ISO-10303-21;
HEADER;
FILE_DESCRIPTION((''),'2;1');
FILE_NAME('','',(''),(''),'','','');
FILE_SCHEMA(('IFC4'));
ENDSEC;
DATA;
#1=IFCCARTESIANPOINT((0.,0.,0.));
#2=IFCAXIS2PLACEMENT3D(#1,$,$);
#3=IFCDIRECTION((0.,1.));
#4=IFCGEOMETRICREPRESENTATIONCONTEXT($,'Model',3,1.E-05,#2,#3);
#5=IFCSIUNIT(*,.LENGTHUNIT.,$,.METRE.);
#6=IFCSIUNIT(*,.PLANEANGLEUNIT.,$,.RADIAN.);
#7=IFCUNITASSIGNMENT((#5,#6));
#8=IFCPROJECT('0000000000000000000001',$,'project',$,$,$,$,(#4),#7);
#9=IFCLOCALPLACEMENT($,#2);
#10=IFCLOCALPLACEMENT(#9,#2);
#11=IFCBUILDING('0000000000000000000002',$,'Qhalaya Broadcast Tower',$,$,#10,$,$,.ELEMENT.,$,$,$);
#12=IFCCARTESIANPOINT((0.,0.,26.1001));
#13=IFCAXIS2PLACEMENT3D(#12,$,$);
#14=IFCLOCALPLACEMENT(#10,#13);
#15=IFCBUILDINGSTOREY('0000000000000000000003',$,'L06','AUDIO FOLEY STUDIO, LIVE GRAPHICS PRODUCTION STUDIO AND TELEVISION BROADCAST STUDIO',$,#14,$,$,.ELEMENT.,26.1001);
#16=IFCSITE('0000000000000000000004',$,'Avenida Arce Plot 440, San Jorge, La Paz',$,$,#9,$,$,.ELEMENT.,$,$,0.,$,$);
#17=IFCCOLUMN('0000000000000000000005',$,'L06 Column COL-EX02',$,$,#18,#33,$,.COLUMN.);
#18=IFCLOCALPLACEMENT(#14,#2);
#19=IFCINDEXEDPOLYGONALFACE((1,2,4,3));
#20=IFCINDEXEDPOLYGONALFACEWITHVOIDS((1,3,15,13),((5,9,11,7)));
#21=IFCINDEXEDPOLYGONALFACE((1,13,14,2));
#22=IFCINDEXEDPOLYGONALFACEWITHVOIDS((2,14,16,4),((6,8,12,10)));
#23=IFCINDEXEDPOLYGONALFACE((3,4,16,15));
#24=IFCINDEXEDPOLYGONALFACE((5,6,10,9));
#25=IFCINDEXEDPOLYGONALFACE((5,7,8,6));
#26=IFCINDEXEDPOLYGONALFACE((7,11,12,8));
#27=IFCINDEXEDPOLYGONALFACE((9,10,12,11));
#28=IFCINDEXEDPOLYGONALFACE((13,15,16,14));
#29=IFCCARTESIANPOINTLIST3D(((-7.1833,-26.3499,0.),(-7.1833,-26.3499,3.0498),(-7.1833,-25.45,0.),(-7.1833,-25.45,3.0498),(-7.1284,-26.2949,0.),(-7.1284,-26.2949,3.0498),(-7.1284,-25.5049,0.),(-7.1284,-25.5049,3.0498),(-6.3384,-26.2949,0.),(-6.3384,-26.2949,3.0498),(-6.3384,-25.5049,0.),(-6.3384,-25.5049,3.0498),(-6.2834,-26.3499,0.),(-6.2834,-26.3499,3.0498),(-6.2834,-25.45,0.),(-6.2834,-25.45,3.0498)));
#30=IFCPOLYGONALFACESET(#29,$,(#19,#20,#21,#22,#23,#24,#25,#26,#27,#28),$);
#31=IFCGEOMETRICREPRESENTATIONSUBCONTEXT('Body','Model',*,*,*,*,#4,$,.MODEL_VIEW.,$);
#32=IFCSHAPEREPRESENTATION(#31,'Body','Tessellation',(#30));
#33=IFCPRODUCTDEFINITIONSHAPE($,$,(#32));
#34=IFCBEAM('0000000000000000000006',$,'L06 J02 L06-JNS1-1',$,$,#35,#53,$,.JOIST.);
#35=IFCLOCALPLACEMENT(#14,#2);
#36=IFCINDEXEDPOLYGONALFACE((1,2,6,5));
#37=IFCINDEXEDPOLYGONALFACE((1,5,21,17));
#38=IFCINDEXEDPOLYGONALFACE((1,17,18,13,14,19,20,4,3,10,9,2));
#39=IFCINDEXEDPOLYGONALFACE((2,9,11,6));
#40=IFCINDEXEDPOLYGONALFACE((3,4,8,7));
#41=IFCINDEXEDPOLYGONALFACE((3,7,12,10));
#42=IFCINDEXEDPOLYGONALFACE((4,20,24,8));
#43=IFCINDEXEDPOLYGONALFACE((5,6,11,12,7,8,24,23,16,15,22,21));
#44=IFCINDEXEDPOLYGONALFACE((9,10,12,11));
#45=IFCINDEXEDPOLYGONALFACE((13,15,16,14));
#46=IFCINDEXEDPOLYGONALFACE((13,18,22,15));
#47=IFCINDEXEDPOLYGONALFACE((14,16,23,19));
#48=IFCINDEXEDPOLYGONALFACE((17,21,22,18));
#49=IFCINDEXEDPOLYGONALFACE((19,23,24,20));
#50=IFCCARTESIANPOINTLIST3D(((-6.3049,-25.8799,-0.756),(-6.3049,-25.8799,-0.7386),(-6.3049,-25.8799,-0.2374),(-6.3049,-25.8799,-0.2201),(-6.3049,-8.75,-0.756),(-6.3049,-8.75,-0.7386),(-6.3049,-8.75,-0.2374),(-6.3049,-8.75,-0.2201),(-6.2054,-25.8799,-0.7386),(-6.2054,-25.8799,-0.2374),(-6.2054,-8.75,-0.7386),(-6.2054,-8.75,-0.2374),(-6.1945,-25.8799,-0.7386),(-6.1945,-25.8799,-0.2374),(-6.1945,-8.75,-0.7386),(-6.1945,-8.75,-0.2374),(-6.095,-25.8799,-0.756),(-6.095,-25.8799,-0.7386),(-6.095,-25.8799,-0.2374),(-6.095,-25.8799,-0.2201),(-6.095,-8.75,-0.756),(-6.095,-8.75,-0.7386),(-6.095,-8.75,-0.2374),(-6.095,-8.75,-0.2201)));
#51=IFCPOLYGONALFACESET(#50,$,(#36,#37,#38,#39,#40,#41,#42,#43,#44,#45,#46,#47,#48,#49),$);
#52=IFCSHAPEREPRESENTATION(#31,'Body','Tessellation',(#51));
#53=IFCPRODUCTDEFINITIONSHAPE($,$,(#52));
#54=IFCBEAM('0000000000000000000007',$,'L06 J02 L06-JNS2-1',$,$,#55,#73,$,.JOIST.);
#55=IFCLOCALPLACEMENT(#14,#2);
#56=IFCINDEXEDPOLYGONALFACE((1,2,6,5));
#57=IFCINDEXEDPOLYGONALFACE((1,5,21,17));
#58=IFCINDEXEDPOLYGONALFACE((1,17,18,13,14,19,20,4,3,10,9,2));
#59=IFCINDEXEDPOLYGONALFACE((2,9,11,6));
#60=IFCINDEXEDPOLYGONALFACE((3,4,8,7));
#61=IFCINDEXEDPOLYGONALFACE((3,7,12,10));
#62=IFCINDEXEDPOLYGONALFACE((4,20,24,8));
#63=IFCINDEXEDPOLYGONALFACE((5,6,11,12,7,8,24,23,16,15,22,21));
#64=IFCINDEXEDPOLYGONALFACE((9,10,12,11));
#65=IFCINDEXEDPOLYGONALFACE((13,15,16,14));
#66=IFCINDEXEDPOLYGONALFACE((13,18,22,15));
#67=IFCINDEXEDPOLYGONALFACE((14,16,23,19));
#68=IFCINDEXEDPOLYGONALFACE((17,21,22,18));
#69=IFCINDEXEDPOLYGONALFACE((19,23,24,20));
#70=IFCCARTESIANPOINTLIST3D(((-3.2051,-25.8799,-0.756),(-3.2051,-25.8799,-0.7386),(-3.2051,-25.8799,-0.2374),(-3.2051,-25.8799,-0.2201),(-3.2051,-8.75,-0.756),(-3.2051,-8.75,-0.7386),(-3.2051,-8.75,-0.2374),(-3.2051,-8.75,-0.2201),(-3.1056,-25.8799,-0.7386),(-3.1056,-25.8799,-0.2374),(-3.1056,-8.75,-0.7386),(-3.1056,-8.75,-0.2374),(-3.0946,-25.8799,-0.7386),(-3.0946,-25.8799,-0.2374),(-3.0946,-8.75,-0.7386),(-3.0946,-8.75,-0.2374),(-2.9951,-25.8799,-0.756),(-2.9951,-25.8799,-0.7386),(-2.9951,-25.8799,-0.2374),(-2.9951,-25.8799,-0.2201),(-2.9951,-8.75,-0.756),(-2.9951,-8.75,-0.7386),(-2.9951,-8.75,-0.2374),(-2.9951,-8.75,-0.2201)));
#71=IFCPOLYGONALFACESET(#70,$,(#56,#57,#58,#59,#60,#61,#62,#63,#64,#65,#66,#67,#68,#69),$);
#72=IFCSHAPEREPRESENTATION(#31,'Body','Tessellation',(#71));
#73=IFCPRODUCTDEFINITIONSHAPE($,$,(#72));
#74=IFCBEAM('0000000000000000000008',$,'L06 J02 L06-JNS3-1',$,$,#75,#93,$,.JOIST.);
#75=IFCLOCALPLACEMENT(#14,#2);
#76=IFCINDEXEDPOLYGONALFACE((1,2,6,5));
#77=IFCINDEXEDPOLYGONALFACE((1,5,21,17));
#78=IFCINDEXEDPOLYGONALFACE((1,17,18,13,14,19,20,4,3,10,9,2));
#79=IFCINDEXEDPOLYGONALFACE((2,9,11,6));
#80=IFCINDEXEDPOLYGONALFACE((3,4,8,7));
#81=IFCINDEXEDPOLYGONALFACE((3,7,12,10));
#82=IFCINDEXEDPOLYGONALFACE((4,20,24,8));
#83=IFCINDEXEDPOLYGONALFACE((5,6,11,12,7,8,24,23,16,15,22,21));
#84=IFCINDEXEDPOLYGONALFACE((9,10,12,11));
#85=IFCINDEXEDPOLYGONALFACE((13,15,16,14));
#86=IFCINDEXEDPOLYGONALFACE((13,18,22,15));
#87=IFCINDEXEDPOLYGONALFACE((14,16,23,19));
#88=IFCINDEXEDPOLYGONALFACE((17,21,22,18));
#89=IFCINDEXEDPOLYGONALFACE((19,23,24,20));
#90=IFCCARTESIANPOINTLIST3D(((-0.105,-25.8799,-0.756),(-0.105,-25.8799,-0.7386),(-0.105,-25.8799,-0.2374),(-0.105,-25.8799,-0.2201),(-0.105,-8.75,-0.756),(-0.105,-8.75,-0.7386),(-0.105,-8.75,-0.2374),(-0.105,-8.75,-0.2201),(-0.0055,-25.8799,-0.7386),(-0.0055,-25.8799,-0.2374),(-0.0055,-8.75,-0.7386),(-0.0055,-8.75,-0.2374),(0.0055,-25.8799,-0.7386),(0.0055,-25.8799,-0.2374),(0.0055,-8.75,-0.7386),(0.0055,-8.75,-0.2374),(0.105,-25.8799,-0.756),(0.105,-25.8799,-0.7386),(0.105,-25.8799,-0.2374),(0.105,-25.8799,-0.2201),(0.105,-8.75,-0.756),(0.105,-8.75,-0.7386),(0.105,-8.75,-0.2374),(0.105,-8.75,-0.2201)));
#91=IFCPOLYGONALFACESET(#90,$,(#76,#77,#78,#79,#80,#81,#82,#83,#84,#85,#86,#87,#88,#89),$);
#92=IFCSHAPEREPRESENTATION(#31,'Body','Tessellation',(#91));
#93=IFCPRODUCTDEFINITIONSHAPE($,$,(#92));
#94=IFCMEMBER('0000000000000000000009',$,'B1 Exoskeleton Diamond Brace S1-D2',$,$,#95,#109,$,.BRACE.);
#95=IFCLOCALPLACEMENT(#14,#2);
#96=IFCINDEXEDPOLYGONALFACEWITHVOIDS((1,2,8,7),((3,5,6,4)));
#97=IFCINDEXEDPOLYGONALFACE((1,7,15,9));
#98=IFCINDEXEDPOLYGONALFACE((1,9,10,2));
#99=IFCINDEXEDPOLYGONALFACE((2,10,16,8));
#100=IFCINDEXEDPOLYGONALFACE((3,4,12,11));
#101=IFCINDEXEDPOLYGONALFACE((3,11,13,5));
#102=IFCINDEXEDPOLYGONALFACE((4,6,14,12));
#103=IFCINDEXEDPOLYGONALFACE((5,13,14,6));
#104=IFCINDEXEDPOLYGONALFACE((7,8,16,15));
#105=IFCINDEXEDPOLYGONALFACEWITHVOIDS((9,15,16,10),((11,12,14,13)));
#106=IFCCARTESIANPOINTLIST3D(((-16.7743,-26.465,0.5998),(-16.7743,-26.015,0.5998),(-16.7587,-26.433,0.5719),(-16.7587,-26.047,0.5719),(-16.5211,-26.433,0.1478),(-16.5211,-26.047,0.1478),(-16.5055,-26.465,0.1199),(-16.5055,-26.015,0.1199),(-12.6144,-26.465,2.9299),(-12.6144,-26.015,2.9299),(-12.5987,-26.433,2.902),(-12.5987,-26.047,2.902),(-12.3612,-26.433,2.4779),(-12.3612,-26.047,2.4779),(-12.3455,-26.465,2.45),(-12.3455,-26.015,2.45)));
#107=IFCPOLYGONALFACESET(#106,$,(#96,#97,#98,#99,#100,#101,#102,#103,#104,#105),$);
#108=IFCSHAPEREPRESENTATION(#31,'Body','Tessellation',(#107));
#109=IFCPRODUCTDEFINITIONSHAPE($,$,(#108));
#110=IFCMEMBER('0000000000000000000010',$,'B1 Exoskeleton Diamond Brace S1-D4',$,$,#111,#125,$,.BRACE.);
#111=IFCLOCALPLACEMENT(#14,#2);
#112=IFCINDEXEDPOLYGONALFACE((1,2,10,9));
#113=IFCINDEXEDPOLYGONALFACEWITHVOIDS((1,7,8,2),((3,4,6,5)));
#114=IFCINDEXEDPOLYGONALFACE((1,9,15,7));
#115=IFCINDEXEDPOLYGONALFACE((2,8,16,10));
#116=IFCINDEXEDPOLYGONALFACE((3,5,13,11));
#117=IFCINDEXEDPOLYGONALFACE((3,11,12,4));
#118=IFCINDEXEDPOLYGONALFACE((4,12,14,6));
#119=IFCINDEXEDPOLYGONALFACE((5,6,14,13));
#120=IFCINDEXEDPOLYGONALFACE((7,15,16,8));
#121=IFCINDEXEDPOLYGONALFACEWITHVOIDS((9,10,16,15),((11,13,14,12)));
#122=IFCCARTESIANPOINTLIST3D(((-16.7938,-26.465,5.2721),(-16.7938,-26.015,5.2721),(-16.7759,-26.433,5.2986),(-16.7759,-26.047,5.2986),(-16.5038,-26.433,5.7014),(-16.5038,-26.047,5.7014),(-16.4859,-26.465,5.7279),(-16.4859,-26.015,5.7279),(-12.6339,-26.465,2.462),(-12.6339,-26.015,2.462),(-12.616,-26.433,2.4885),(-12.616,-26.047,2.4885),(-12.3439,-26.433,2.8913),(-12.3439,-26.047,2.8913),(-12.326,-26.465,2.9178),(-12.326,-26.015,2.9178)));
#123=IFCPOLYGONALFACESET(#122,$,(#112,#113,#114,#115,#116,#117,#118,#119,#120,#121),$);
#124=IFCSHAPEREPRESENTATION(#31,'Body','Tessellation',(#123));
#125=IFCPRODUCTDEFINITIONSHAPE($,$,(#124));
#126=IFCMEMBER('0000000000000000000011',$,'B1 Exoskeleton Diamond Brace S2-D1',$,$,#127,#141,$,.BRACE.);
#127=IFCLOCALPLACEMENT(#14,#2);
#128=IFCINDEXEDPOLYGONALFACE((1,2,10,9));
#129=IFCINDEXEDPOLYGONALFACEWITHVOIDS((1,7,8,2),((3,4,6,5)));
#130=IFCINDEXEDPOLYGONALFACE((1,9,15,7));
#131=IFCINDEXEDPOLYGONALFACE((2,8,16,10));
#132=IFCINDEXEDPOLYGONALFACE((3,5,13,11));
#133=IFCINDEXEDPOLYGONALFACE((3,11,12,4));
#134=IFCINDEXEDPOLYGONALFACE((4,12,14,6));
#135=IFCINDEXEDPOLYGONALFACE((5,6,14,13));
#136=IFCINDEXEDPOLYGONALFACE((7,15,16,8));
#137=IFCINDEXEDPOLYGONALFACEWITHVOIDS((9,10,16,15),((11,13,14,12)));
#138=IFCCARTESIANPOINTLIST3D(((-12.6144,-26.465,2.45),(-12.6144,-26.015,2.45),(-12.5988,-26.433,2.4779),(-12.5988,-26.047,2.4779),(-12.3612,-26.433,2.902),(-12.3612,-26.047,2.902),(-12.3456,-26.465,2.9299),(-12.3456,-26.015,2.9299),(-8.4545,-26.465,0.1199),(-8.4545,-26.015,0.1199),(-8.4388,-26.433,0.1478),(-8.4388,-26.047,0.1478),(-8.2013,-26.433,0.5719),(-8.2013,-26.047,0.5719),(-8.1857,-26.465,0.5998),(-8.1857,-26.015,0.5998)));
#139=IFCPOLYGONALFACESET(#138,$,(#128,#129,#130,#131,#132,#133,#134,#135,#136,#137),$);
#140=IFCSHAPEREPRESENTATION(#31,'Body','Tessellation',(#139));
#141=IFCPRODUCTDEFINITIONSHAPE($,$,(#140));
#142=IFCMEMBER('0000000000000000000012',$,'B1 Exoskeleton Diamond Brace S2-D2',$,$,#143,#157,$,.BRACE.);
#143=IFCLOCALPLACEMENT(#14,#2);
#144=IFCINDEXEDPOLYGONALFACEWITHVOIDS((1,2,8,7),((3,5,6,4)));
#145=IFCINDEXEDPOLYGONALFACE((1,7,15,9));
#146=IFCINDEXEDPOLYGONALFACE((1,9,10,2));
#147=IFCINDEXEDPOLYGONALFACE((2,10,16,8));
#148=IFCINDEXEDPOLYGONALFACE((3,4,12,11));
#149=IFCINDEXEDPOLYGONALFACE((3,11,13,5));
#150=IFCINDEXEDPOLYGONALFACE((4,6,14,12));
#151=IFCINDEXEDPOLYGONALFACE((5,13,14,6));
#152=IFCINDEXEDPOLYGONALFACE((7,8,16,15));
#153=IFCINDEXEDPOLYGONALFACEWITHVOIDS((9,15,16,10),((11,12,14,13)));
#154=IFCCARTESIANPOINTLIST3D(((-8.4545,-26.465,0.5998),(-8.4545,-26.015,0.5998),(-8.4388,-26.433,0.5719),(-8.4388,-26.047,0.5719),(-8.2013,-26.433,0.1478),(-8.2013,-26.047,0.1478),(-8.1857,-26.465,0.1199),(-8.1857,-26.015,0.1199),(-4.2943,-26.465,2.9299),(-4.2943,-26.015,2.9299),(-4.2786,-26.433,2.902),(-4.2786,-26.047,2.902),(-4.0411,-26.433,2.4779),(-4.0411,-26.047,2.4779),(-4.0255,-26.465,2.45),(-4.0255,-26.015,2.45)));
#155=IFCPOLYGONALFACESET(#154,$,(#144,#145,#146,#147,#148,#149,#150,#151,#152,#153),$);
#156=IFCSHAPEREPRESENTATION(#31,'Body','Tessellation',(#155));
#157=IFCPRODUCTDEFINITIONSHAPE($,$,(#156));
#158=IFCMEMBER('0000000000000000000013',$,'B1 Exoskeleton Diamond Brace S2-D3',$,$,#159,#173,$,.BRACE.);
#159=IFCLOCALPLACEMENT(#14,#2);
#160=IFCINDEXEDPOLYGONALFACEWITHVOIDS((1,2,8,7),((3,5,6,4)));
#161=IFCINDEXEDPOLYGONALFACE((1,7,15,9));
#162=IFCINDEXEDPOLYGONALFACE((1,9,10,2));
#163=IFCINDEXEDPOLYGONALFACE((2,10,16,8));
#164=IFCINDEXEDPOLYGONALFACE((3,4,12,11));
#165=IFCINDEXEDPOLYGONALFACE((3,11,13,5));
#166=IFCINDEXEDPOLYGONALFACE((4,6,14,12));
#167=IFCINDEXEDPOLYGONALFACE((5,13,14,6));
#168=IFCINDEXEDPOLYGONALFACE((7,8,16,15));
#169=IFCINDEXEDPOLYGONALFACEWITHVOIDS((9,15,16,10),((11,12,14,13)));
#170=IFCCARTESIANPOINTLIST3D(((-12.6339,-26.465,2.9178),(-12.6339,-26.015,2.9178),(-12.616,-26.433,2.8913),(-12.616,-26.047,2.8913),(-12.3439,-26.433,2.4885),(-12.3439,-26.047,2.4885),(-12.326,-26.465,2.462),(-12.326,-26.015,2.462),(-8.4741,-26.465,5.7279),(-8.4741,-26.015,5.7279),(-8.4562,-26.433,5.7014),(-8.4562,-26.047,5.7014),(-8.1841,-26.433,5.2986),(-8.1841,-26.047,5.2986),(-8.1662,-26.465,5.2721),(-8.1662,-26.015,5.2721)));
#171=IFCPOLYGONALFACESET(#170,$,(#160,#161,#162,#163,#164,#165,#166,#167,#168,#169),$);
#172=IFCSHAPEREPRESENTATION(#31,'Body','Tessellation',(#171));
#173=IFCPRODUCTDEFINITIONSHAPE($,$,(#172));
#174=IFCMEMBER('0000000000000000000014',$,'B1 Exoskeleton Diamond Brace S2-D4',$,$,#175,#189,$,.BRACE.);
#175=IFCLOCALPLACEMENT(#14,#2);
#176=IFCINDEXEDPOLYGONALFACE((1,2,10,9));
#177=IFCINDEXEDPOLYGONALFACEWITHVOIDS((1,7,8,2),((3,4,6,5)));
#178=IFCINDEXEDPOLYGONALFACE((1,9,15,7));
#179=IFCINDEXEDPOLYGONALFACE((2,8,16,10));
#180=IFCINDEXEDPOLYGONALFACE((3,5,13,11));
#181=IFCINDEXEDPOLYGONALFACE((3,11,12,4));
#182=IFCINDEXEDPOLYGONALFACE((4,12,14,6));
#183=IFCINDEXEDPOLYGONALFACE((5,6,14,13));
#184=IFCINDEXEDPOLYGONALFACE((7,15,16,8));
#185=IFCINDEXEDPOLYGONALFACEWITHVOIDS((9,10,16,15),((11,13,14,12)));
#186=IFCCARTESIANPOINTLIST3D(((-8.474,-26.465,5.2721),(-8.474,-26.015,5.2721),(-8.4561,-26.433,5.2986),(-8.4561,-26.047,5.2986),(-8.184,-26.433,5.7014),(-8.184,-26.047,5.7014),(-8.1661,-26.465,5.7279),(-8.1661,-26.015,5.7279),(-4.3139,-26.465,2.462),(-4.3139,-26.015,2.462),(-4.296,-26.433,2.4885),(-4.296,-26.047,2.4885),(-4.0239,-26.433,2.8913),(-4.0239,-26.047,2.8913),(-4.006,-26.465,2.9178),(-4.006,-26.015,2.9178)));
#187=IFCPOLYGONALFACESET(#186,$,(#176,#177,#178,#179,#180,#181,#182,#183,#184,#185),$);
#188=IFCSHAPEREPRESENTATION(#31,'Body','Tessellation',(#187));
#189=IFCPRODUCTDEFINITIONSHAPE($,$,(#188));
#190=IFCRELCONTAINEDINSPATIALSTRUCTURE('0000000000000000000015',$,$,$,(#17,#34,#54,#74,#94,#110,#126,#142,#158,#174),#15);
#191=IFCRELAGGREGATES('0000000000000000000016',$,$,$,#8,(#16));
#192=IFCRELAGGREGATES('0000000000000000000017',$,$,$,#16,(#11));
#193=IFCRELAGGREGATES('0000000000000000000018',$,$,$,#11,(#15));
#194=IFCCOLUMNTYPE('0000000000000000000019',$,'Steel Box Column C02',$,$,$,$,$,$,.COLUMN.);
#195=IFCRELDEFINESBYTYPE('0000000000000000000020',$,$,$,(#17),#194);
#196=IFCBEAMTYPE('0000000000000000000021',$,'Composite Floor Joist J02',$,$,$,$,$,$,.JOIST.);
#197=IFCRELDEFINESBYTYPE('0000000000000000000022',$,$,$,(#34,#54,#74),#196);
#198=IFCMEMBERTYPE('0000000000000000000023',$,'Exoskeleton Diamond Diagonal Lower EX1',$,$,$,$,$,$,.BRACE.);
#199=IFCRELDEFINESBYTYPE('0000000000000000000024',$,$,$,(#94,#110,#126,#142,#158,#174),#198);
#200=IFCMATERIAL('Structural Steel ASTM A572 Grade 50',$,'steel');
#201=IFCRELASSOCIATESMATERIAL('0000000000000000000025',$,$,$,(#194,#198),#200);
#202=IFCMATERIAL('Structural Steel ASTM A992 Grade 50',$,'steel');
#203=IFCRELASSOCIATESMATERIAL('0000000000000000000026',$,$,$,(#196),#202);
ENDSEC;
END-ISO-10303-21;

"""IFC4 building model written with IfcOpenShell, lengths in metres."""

from ifc_helpers import new_model, si_unit, direction, frame, origin, origin_2d, place, context, subcontext, project, spatial, hollow_rectangle, i_section, extrude, material, material_profile, profile_set, type_object, element, save


model = new_model("IFC4")

# Units and contexts
model_context = context("Model", 3, precision=1e-05, world=origin(), true_north=direction((0.0, 1.0)))
body_context = subcontext(model_context, "Body", "Model", "MODEL_VIEW")
ifc_project = project(units=[si_unit("LENGTHUNIT", "METRE"), si_unit("PLANEANGLEUNIT", "RADIAN")], contexts=[model_context])

# Site, building, storey
site_placement = place(None, origin())
site = spatial("IfcSite", under=ifc_project, at=site_placement, Name="Avenida Arce Plot 440, San Jorge, La Paz", CompositionType="ELEMENT", RefElevation=0.0)
building_placement = place(site_placement, origin())
building = spatial("IfcBuilding", under=site, at=building_placement, Name="Qhalaya Broadcast Tower", CompositionType="ELEMENT")
storey_placement = place(building_placement, frame((0.0, 0.0, 26.1001)))
storey = spatial("IfcBuildingStorey", under=building, at=storey_placement, Name="L06", Description="AUDIO FOLEY STUDIO, LIVE GRAPHICS PRODUCTION STUDIO AND TELEVISION BROADCAST STUDIO", CompositionType="ELEMENT", Elevation=26.1001)

# Column
ifc_material_1 = material(Name="Structural Steel ASTM A572 Grade 50", Category="steel")
ifc_material_profile_1 = material_profile(ifc_material_1, hollow_rectangle(XDim=0.8999, YDim=0.8999, WallThickness=0.0549, at=origin_2d()), Name="BOX 900x900x55")
ifc_profile_set_1 = profile_set([ifc_material_profile_1], Name="Structural Steel ASTM A572 Grade 50")
column_type = type_object("IfcColumnType", Name="Steel Box Column C02", PredefinedType="COLUMN", material=ifc_profile_set_1)
column_placement = place(storey_placement, frame((-6.7334, -25.8999, 0.0), z_axis=(0.0, 0.0, 1.0), x_axis=(1.0, 0.0, 0.0)))
element("IfcColumn", 1, at=column_placement, inside=storey, type_object=column_type, Name="L06 Column COL-EX02", PredefinedType="COLUMN", context=body_context, shape_type="SweptSolid", body=[
    extrude(hollow_rectangle(XDim=0.8999, YDim=0.8999, WallThickness=0.0549, at=origin_2d()), origin(), (0.0, 0.0, 1.0), 3.0498),
])

# Beams
ifc_material_2 = material(Name="Structural Steel ASTM A992 Grade 50", Category="steel")
ifc_material_profile_2 = material_profile(ifc_material_2, i_section(OverallWidth=0.21, OverallDepth=0.5359, WebThickness=0.011, FlangeThickness=0.0173, at=origin_2d()), Name="W21X68")
ifc_profile_set_2 = profile_set([ifc_material_profile_2], Name="Structural Steel ASTM A992 Grade 50")
beam_type_1 = type_object("IfcBeamType", Name="Composite Floor Joist J02", PredefinedType="JOIST", material=ifc_profile_set_2)
for number, where, z_axis, x_axis, name in (
    (2, (-6.2, -25.8799, -0.488), (0.0, 1.0, 0.0), (-1.0, 0.0, 0.0), "L06 J02 L06-JNS1-1"),
    (3, (-3.1001, -25.8799, -0.488), (0.0, 1.0, 0.0), (-1.0, 0.0, 0.0), "L06 J02 L06-JNS2-1"),
    (4, (0.0, -25.8799, -0.488), (0.0, 1.0, 0.0), (-1.0, 0.0, 0.0), "L06 J02 L06-JNS3-1"),
):
    element("IfcBeam", number, at=place(storey_placement, frame(where, z_axis=z_axis, x_axis=x_axis)), inside=storey, type_object=beam_type_1, Name=name, PredefinedType="JOIST", context=body_context, shape_type="SweptSolid", body=[
        extrude(i_section(OverallWidth=0.21, OverallDepth=0.5359, WebThickness=0.011, FlangeThickness=0.0173, at=origin_2d()), origin(), (0.0, 0.0, 1.0), 17.1299),
    ])

# Members
ifc_material_profile_3 = material_profile(ifc_material_1, hollow_rectangle(XDim=0.45, YDim=0.55, WallThickness=0.032, at=origin_2d()), Name="BOX 450x550x32")
ifc_profile_set_3 = profile_set([ifc_material_profile_3], Name="Structural Steel ASTM A572 Grade 50")
member_type = type_object("IfcMemberType", Name="Exoskeleton Diamond Diagonal Lower EX1", PredefinedType="BRACE", material=ifc_profile_set_3)
member_1_placement = place(storey_placement, frame((-16.6399, -26.24, 0.3599), z_axis=(0.872459, 0.0, 0.488688), x_axis=(0.0, 1.0, 0.0)))
element("IfcMember", 5, at=member_1_placement, inside=storey, type_object=member_type, Name="B1 Exoskeleton Diamond Brace S1-D2", PredefinedType="BRACE", context=body_context, shape_type="SweptSolid", body=[
    extrude(hollow_rectangle(XDim=0.45, YDim=0.55, WallThickness=0.032, at=origin_2d()), origin(), (0.0, 0.0, 1.0), 4.7681),
])
member_2_placement = place(storey_placement, frame((-12.48, -26.24, 2.6899), z_axis=(-0.828653, 0.0, 0.559763), x_axis=(0.0, -1.0, 0.0)))
element("IfcMember", 6, at=member_2_placement, inside=storey, type_object=member_type, Name="B1 Exoskeleton Diamond Brace S1-D4", PredefinedType="BRACE", context=body_context, shape_type="SweptSolid", body=[
    extrude(hollow_rectangle(XDim=0.45, YDim=0.55, WallThickness=0.032, at=origin_2d()), origin(), (0.0, 0.0, 1.0), 5.02),
])
member_3_placement = place(storey_placement, frame((-8.3201, -26.24, 0.3599), z_axis=(-0.872459, 0.0, 0.488688), x_axis=(0.0, -1.0, 0.0)))
element("IfcMember", 7, at=member_3_placement, inside=storey, type_object=member_type, Name="B1 Exoskeleton Diamond Brace S2-D1", PredefinedType="BRACE", context=body_context, shape_type="SweptSolid", body=[
    extrude(hollow_rectangle(XDim=0.45, YDim=0.55, WallThickness=0.032, at=origin_2d()), origin(), (0.0, 0.0, 1.0), 4.7681),
])
member_4_placement = place(storey_placement, frame((-8.3201, -26.24, 0.3599), z_axis=(0.872471, 0.0, 0.488666), x_axis=(0.0, 1.0, 0.0)))
element("IfcMember", 8, at=member_4_placement, inside=storey, type_object=member_type, Name="B1 Exoskeleton Diamond Brace S2-D2", PredefinedType="BRACE", context=body_context, shape_type="SweptSolid", body=[
    extrude(hollow_rectangle(XDim=0.45, YDim=0.55, WallThickness=0.032, at=origin_2d()), origin(), (0.0, 0.0, 1.0), 4.7683),
])
member_5_placement = place(storey_placement, frame((-12.48, -26.24, 2.6899), z_axis=(0.828653, 0.0, 0.559763), x_axis=(0.0, 1.0, 0.0)))
element("IfcMember", 9, at=member_5_placement, inside=storey, type_object=member_type, Name="B1 Exoskeleton Diamond Brace S2-D3", PredefinedType="BRACE", context=body_context, shape_type="SweptSolid", body=[
    extrude(hollow_rectangle(XDim=0.45, YDim=0.55, WallThickness=0.032, at=origin_2d()), origin(), (0.0, 0.0, 1.0), 5.02),
])
member_6_placement = place(storey_placement, frame((-4.1599, -26.24, 2.6899), z_axis=(-0.828668, 0.0, 0.55974), x_axis=(0.0, -1.0, 0.0)))
element("IfcMember", 10, at=member_6_placement, inside=storey, type_object=member_type, Name="B1 Exoskeleton Diamond Brace S2-D4", PredefinedType="BRACE", context=body_context, shape_type="SweptSolid", body=[
    extrude(hollow_rectangle(XDim=0.45, YDim=0.55, WallThickness=0.032, at=origin_2d()), origin(), (0.0, 0.0, 1.0), 5.0203),
])

save(model, "model.ifc")
